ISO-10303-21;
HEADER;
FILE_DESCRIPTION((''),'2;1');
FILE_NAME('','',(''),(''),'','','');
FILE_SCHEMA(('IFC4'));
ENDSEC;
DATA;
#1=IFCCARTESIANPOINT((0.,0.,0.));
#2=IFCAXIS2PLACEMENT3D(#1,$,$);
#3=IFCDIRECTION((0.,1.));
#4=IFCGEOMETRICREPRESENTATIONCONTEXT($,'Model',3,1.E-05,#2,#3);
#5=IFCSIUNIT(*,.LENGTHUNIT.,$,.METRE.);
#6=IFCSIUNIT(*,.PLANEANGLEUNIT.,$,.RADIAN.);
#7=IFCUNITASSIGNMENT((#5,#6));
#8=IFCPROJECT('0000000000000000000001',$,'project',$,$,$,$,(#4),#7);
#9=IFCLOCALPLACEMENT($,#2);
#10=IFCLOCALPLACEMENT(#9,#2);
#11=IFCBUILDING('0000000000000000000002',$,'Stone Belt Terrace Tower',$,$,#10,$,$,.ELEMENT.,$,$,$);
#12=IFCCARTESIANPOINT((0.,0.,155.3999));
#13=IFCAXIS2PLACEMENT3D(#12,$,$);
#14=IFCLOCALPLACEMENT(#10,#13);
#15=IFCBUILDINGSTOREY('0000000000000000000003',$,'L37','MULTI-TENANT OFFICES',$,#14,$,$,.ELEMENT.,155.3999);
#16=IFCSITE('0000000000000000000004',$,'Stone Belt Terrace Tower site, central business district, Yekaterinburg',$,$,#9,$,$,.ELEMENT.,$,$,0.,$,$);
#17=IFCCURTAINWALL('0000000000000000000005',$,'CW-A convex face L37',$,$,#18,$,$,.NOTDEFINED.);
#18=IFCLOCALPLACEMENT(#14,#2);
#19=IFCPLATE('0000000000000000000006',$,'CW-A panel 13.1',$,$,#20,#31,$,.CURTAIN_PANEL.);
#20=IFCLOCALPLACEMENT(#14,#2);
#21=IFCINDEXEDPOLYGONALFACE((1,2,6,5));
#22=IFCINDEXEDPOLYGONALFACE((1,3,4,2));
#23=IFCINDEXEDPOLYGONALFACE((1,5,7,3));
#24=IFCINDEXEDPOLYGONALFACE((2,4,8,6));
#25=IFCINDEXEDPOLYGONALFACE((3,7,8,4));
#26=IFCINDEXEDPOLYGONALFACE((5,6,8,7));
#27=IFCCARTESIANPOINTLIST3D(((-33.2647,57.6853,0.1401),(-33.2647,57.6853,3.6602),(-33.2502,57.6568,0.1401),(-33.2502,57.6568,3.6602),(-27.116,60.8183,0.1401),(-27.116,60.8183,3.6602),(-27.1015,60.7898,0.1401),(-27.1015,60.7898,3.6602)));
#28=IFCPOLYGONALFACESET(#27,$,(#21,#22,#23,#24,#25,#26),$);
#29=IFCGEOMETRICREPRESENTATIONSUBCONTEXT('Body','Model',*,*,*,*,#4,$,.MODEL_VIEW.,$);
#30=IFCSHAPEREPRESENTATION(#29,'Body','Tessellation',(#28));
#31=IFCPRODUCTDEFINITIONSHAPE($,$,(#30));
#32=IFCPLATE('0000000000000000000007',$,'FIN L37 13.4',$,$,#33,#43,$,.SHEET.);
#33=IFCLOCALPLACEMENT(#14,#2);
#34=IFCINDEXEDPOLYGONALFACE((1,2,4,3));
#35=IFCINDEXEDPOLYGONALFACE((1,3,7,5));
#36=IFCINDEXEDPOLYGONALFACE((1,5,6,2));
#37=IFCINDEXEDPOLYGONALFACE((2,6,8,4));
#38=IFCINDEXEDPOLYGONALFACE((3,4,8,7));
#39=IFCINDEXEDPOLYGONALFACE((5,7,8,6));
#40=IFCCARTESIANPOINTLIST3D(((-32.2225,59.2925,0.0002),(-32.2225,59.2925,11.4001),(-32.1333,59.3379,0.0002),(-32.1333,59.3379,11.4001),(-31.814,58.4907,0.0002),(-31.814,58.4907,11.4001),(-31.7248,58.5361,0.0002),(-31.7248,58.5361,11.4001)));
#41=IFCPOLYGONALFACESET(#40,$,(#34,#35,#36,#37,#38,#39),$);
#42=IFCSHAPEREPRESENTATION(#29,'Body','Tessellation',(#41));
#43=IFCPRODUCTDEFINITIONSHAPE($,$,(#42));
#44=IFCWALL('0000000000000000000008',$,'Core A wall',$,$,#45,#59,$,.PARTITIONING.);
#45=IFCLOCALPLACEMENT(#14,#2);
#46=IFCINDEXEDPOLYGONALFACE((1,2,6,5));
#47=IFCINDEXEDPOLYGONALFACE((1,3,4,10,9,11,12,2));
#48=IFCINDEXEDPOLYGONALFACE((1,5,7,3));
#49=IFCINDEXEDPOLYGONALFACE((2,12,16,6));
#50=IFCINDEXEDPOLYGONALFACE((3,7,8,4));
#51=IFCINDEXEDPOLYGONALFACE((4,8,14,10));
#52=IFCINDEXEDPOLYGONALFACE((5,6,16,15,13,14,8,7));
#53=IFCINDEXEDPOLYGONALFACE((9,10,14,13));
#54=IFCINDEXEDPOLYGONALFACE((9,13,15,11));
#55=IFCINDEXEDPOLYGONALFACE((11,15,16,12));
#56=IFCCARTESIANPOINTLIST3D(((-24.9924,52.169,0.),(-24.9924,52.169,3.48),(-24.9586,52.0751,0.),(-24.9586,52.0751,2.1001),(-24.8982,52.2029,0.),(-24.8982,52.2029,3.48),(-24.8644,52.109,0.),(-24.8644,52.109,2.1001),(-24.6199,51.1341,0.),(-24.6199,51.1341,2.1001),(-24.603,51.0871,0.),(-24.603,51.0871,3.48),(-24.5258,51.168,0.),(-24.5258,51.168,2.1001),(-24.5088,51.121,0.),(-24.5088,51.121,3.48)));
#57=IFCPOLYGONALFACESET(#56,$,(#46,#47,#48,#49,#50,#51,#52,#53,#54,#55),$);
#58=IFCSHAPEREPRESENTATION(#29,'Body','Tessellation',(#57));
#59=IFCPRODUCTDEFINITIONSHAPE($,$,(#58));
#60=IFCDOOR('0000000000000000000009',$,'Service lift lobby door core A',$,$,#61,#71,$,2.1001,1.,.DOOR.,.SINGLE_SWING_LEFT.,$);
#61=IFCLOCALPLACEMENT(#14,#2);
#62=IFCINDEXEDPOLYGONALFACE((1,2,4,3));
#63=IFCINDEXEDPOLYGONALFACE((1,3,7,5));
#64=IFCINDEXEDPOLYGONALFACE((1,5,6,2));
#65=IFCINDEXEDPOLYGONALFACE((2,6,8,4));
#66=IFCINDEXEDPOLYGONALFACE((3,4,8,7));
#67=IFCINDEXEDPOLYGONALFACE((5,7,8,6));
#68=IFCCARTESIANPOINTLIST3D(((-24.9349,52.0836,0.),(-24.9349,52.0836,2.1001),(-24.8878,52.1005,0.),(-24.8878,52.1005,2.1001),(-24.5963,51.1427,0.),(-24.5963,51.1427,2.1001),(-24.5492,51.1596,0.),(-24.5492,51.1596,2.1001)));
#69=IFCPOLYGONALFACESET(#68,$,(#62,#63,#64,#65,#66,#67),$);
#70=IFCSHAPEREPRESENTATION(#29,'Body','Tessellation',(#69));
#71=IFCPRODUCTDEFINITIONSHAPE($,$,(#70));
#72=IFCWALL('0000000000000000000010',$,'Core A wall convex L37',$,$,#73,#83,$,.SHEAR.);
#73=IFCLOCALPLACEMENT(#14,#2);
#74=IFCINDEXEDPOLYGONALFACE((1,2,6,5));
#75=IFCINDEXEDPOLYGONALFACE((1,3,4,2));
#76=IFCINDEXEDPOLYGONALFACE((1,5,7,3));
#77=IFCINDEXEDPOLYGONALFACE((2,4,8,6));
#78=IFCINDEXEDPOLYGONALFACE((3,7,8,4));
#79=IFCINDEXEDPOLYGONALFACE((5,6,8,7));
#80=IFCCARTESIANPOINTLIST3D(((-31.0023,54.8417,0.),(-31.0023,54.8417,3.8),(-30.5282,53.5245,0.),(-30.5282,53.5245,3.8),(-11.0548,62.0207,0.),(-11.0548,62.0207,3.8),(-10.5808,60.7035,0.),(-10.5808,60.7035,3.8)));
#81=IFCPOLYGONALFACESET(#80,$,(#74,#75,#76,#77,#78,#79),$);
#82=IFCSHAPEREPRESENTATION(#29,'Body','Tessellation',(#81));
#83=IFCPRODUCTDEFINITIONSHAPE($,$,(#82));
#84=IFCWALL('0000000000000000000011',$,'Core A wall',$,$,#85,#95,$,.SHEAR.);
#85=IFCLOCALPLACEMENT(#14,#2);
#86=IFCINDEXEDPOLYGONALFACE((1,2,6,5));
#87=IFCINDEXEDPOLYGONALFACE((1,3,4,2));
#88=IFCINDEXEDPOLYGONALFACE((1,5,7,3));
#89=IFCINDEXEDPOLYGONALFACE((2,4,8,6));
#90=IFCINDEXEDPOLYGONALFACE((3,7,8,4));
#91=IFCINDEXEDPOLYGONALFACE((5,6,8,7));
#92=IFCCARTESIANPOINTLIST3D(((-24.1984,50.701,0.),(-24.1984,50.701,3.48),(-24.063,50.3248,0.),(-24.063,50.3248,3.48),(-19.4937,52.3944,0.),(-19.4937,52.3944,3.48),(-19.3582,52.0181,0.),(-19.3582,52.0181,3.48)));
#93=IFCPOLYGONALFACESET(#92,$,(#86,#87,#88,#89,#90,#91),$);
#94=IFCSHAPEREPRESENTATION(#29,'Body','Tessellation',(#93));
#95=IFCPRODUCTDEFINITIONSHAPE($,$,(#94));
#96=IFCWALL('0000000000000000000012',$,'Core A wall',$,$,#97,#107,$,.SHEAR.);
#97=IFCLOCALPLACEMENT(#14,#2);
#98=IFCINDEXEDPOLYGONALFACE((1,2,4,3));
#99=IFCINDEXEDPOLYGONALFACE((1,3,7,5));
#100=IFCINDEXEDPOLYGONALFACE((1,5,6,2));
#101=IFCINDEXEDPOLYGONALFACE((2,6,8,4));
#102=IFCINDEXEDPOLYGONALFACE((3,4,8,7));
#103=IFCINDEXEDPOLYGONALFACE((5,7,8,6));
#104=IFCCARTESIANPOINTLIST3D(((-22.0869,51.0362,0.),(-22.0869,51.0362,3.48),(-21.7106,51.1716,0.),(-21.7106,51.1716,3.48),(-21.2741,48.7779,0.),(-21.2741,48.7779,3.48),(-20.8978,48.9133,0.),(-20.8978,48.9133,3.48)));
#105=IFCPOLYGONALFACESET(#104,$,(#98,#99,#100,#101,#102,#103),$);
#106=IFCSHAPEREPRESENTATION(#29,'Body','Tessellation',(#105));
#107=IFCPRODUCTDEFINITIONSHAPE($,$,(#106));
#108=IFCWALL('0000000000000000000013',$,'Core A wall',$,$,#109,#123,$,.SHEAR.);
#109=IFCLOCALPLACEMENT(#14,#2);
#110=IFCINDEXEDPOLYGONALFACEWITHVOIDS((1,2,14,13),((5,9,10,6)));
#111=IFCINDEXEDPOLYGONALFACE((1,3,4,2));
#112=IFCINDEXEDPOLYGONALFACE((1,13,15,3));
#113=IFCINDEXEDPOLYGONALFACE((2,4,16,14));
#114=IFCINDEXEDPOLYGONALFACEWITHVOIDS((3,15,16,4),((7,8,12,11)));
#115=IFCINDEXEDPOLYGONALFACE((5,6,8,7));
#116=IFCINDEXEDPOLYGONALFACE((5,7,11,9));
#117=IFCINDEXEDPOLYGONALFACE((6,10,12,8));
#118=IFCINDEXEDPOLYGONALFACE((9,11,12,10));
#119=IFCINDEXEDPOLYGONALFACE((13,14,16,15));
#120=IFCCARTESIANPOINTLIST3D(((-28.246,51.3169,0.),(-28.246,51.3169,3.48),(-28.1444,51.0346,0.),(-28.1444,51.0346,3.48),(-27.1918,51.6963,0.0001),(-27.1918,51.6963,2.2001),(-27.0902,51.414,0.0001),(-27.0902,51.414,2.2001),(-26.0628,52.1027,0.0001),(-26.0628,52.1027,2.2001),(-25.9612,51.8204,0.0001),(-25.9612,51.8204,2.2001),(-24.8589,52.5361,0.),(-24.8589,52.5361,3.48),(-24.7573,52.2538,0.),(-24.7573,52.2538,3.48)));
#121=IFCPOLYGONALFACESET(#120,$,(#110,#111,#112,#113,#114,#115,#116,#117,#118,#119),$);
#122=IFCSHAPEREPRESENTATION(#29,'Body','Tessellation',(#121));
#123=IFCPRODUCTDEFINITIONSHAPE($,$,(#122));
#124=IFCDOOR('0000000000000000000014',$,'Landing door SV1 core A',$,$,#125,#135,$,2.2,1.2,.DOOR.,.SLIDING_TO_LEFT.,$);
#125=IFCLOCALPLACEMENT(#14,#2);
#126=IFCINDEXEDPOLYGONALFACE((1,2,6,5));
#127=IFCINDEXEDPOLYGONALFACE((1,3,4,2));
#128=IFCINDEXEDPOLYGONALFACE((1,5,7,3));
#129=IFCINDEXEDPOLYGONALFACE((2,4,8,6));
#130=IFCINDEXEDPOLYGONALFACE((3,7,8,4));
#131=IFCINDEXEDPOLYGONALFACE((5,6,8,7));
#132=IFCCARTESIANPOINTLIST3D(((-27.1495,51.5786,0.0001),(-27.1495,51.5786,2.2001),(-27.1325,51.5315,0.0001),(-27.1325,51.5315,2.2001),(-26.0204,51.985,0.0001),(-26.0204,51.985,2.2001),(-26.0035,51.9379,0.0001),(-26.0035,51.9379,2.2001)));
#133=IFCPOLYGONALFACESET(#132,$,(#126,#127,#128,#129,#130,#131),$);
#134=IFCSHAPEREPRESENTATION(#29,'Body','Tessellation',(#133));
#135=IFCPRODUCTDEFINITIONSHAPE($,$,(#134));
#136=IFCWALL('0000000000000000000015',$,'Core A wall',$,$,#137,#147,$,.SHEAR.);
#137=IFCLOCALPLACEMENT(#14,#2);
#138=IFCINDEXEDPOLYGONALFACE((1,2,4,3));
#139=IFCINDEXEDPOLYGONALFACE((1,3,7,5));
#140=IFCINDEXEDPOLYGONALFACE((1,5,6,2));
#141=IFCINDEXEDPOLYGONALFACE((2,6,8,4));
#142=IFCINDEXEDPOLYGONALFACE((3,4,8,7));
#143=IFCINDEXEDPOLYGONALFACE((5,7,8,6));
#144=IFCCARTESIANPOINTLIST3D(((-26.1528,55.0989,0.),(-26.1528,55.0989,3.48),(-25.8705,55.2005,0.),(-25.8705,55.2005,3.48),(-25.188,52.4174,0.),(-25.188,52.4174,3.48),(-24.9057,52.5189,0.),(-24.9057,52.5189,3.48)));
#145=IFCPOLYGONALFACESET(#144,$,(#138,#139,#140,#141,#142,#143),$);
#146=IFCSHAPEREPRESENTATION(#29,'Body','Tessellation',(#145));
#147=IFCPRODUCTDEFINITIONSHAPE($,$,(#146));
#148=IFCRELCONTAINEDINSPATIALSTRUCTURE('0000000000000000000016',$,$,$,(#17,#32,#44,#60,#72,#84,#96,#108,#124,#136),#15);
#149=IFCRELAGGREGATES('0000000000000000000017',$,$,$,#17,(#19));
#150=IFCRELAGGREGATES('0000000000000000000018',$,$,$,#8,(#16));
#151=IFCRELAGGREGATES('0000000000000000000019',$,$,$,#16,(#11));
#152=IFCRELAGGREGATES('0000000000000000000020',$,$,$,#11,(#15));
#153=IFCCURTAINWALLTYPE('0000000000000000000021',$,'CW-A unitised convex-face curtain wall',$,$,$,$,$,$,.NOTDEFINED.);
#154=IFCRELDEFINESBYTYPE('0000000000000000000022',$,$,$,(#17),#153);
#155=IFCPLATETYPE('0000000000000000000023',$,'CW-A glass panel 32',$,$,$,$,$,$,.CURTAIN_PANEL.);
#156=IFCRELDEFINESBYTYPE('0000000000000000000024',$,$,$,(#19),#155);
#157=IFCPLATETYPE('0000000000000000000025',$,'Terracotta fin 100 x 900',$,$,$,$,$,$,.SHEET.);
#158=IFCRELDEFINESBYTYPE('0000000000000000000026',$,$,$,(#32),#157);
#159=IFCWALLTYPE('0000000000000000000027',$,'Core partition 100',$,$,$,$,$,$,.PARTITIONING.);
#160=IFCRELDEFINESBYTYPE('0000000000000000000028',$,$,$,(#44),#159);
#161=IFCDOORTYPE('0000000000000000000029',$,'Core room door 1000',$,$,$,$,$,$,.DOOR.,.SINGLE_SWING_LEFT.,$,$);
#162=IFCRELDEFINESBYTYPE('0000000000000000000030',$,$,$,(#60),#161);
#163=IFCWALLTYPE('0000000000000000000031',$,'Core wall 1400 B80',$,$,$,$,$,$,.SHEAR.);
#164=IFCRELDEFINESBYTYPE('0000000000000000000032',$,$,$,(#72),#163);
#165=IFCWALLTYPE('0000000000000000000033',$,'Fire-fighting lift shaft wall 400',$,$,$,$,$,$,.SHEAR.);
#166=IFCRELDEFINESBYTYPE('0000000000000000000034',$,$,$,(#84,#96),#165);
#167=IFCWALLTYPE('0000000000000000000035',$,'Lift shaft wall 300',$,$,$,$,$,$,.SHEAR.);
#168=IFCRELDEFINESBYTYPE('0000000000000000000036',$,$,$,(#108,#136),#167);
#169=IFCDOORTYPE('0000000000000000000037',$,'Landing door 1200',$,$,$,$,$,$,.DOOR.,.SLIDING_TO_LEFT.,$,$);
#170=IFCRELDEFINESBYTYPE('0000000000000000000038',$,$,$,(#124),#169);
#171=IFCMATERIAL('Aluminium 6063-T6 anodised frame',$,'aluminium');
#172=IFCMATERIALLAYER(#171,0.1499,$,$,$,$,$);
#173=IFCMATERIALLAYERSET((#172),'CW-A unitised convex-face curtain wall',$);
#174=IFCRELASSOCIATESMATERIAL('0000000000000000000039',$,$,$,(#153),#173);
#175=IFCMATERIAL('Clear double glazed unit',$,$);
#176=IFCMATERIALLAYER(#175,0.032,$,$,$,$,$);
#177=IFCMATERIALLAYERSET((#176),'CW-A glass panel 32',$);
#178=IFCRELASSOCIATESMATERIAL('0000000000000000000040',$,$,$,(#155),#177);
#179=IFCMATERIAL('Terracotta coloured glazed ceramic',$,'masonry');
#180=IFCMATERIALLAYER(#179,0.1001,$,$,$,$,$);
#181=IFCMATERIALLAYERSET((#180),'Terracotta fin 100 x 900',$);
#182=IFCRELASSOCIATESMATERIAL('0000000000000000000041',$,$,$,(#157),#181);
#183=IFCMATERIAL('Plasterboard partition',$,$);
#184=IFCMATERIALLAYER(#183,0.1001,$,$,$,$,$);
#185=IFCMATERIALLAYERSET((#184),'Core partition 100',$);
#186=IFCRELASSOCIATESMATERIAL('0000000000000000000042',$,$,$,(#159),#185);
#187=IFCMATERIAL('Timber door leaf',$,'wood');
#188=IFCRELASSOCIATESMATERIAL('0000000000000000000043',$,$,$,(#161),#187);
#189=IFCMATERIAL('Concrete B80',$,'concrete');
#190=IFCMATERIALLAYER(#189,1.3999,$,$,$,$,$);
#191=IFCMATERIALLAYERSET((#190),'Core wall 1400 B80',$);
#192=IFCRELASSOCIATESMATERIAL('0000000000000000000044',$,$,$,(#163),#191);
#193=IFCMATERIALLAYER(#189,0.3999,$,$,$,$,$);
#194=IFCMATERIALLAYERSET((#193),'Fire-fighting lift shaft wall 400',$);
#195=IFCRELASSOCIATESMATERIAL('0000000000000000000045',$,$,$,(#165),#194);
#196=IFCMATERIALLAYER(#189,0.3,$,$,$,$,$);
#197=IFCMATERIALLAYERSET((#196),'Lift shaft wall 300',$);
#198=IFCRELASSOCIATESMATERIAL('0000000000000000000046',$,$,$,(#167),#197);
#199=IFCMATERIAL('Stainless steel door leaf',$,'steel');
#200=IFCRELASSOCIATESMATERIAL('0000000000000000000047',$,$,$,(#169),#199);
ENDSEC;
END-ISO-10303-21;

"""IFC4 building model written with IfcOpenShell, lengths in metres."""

from ifc_helpers import new_model, si_unit, direction, frame, frame_2d, origin, origin_2d, place, context, subcontext, project, spatial, rectangle, extrude, material, layer, layer_set, type_object, element, fill, aggregate, save


model = new_model("IFC4")

# Units and contexts
model_context = context("Model", 3, precision=1e-05, world=origin(), true_north=direction((0.0, 1.0)))
body_context = subcontext(model_context, "Body", "Model", "MODEL_VIEW")
ifc_project = project(units=[si_unit("LENGTHUNIT", "METRE"), si_unit("PLANEANGLEUNIT", "RADIAN")], contexts=[model_context])

# Site, building, storey
site_placement = place(None, origin())
site = spatial("IfcSite", under=ifc_project, at=site_placement, Name="Stone Belt Terrace Tower site, central business district, Yekaterinburg", CompositionType="ELEMENT", RefElevation=0.0)
building_placement = place(site_placement, origin())
building = spatial("IfcBuilding", under=site, at=building_placement, Name="Stone Belt Terrace Tower", CompositionType="ELEMENT")
storey_placement = place(building_placement, frame((0.0, 0.0, 155.3999)))
storey = spatial("IfcBuildingStorey", under=building, at=storey_placement, Name="L37", Description="MULTI-TENANT OFFICES", CompositionType="ELEMENT", Elevation=155.3999)

# Curtain wall, plate
ifc_material_1 = material(Name="Aluminium 6063-T6 anodised frame", Category="aluminium")
ifc_layer_1 = layer(ifc_material_1, 0.1499)
ifc_layer_set_1 = layer_set([ifc_layer_1], Name="CW-A unitised convex-face curtain wall")
curtain_wall_type = type_object("IfcCurtainWallType", Name="CW-A unitised convex-face curtain wall", PredefinedType="NOTDEFINED", material=ifc_layer_set_1)
curtain_wall_placement = place(storey_placement, origin())
curtain_wall = element("IfcCurtainWall", 1, at=curtain_wall_placement, inside=storey, type_object=curtain_wall_type, Name="CW-A convex face L37", PredefinedType="NOTDEFINED")
ifc_material_2 = material(Name="Clear double glazed unit")
ifc_layer_2 = layer(ifc_material_2, 0.032)
ifc_layer_set_2 = layer_set([ifc_layer_2], Name="CW-A glass panel 32")
plate_type_1 = type_object("IfcPlateType", Name="CW-A glass panel 32", PredefinedType="CURTAIN_PANEL", material=ifc_layer_set_2)
plate_1_placement = place(storey_placement, frame((-30.1831, 59.2375, 0.1401), z_axis=(0.0, 0.0, 1.0), x_axis=(-0.891007, -0.45399, 0.0)))
plate_1 = element("IfcPlate", 2, at=plate_1_placement, type_object=plate_type_1, Name="CW-A panel 13.1", PredefinedType="CURTAIN_PANEL", context=body_context, shape_type="SweptSolid", body=[
    extrude(rectangle(XDim=6.9009, YDim=0.032, at=origin_2d()), origin(), (0.0, 0.0, 1.0), 3.52),
])
aggregate(curtain_wall, [plate_1])

# Plate
ifc_material_3 = material(Name="Terracotta coloured glazed ceramic", Category="masonry")
ifc_layer_3 = layer(ifc_material_3, 0.1001)
ifc_layer_set_3 = layer_set([ifc_layer_3], Name="Terracotta fin 100 x 900")
plate_type_2 = type_object("IfcPlateType", Name="Terracotta fin 100 x 900", PredefinedType="SHEET", material=ifc_layer_set_3)
plate_2_placement = place(storey_placement, frame((-31.9736, 58.9143, 0.0002), z_axis=(0.0, 0.0, 1.0), x_axis=(-0.45399, 0.891007, 0.0)))
element("IfcPlate", 3, at=plate_2_placement, inside=storey, type_object=plate_type_2, Name="FIN L37 13.4", PredefinedType="SHEET", context=body_context, shape_type="SweptSolid", body=[
    extrude(rectangle(XDim=0.8999, YDim=0.1001, at=origin_2d()), origin(), (0.0, 0.0, 1.0), 11.3999),
])

# Wall, opening, door
ifc_material_4 = material(Name="Plasterboard partition")
ifc_layer_4 = layer(ifc_material_4, 0.1001)
ifc_layer_set_4 = layer_set([ifc_layer_4], Name="Core partition 100")
wall_type_1 = type_object("IfcWallType", Name="Core partition 100", PredefinedType="PARTITIONING", material=ifc_layer_set_4)
wall_1_placement = place(storey_placement, frame((-24.5559, 51.104, 0.0), z_axis=(0.0, 0.0, 1.0), x_axis=(-0.338622, 0.940923, 0.0)))
wall_1 = element("IfcWall", 4, at=wall_1_placement, inside=storey, type_object=wall_type_1, Name="Core A wall", PredefinedType="PARTITIONING", context=body_context, shape_type="SweptSolid", body=[
    extrude(rectangle(XDim=1.1499, YDim=0.1001, at=frame_2d((0.575, 0.0))), origin(), (0.0, 0.0, 1.0), 3.48),
])
opening_1_placement = place(wall_1_placement, frame((0.05, 0.0, 0.0)))
opening_1 = element("IfcOpeningElement", 5, at=opening_1_placement, cuts=wall_1, PredefinedType="OPENING", context=body_context, shape_type="SweptSolid", body=[
    extrude(rectangle(XDim=1.0, YDim=2.1001, at=frame_2d((0.5, 1.05))), frame((0.0, 0.0601, 0.0), z_axis=(0.0, -1.0, 0.0), x_axis=(1.0, 0.0, 0.0)), (0.0, 0.0, 1.0), 0.1201),
])
ifc_material_5 = material(Name="Timber door leaf", Category="wood")
door_type_1 = type_object("IfcDoorType", Name="Core room door 1000", OperationType="SINGLE_SWING_LEFT", PredefinedType="DOOR", material=ifc_material_5)
door_1_placement = place(opening_1_placement, origin())
door_1 = element("IfcDoor", 6, at=door_1_placement, inside=storey, type_object=door_type_1, Name="Service lift lobby door core A", OperationType="SINGLE_SWING_LEFT", OverallHeight=2.1001, OverallWidth=1.0, PredefinedType="DOOR", context=body_context, shape_type="SweptSolid", body=[
    extrude(rectangle(XDim=1.0, YDim=2.1001, at=frame_2d((0.5, 1.05))), frame((0.0, 0.0249, 0.0), z_axis=(0.0, -1.0, 0.0), x_axis=(1.0, 0.0, 0.0)), (0.0, 0.0, 1.0), 0.05),
])
fill(opening_1, door_1)

# Walls
ifc_material_6 = material(Name="Concrete B80", Category="concrete")
ifc_layer_5 = layer(ifc_material_6, 1.3999)
ifc_layer_set_5 = layer_set([ifc_layer_5], Name="Core wall 1400 B80")
wall_type_2 = type_object("IfcWallType", Name="Core wall 1400 B80", PredefinedType="SHEAR", material=ifc_layer_set_5)
wall_2_placement = place(storey_placement, frame((-30.7654, 54.1831, 0.0), z_axis=(0.0, 0.0, 1.0), x_axis=(0.94092, 0.33863, 0.0)))
element("IfcWall", 7, at=wall_2_placement, inside=storey, type_object=wall_type_2, Name="Core A wall convex L37", PredefinedType="SHEAR", context=body_context, shape_type="SweptSolid", body=[
    extrude(rectangle(XDim=21.2, YDim=1.3999, at=frame_2d((10.6001, 0.0))), origin(), (0.0, 0.0, 1.0), 3.8),
])
ifc_layer_6 = layer(ifc_material_6, 0.3999)
ifc_layer_set_6 = layer_set([ifc_layer_6], Name="Fire-fighting lift shaft wall 400")
wall_type_3 = type_object("IfcWallType", Name="Fire-fighting lift shaft wall 400", PredefinedType="SHEAR", material=ifc_layer_set_6)
wall_3_placement = place(storey_placement, frame((-24.1306, 50.5129, 0.0), z_axis=(0.0, 0.0, 1.0), x_axis=(0.940912, 0.338652, 0.0)))
element("IfcWall", 8, at=wall_3_placement, inside=storey, type_object=wall_type_3, Name="Core A wall", PredefinedType="SHEAR", context=body_context, shape_type="SweptSolid", body=[
    extrude(rectangle(XDim=5.0002, YDim=0.3999, at=frame_2d((2.5, 0.0))), origin(), (0.0, 0.0, 1.0), 3.48),
])
wall_4_placement = place(storey_placement, frame((-21.0859, 48.8455, 0.0), z_axis=(0.0, 0.0, 1.0), x_axis=(-0.338629, 0.94092, 0.0)))
element("IfcWall", 9, at=wall_4_placement, inside=storey, type_object=wall_type_3, Name="Core A wall", PredefinedType="SHEAR", context=body_context, shape_type="SweptSolid", body=[
    extrude(rectangle(XDim=2.4001, YDim=0.3999, at=frame_2d((1.2002, 0.0))), origin(), (0.0, 0.0, 1.0), 3.48),
])

# Wall, opening, door
ifc_layer_7 = layer(ifc_material_6, 0.3)
ifc_layer_set_7 = layer_set([ifc_layer_7], Name="Lift shaft wall 300")
wall_type_4 = type_object("IfcWallType", Name="Lift shaft wall 300", PredefinedType="SHEAR", material=ifc_layer_set_7)
wall_5_placement = place(storey_placement, frame((-28.1951, 51.1758, 0.0), z_axis=(0.0, 0.0, 1.0), x_axis=(0.940901, 0.338681, 0.0)))
wall_5 = element("IfcWall", 10, at=wall_5_placement, inside=storey, type_object=wall_type_4, Name="Core A wall", PredefinedType="SHEAR", context=body_context, shape_type="SweptSolid", body=[
    extrude(rectangle(XDim=3.5999, YDim=0.3, at=frame_2d((1.7998, 0.0))), origin(), (0.0, 0.0, 1.0), 3.48),
])
opening_2_placement = place(wall_5_placement, frame((1.1201, 0.0, 0.0)))
opening_2 = element("IfcOpeningElement", 11, at=opening_2_placement, cuts=wall_5, PredefinedType="OPENING", context=body_context, shape_type="SweptSolid", body=[
    extrude(rectangle(XDim=1.2, YDim=2.2, at=frame_2d((0.6001, 1.1001))), frame((0.0, 0.1599, 0.0), z_axis=(0.0, -1.0, 0.0), x_axis=(1.0, 0.0, 0.0)), (0.0, 0.0, 1.0), 0.3201),
])
ifc_material_7 = material(Name="Stainless steel door leaf", Category="steel")
door_type_2 = type_object("IfcDoorType", Name="Landing door 1200", OperationType="SLIDING_TO_LEFT", PredefinedType="DOOR", material=ifc_material_7)
door_2_placement = place(opening_2_placement, origin())
door_2 = element("IfcDoor", 12, at=door_2_placement, inside=storey, type_object=door_type_2, Name="Landing door SV1 core A", OperationType="SLIDING_TO_LEFT", OverallHeight=2.2, OverallWidth=1.2, PredefinedType="DOOR", context=body_context, shape_type="SweptSolid", body=[
    extrude(rectangle(XDim=1.2, YDim=2.2, at=frame_2d((0.6001, 1.1001))), frame((0.0, 0.0249, 0.0), z_axis=(0.0, -1.0, 0.0), x_axis=(1.0, 0.0, 0.0)), (0.0, 0.0, 1.0), 0.05),
])
fill(opening_2, door_2)

# Wall
wall_6_placement = place(storey_placement, frame((-25.0469, 52.4683, 0.0), z_axis=(0.0, 0.0, 1.0), x_axis=(-0.33855, 0.940949, 0.0)))
element("IfcWall", 13, at=wall_6_placement, inside=storey, type_object=wall_type_4, Name="Core A wall", PredefinedType="SHEAR", context=body_context, shape_type="SweptSolid", body=[
    extrude(rectangle(XDim=2.8499, YDim=0.3, at=frame_2d((1.4248, 0.0))), origin(), (0.0, 0.0, 1.0), 3.48),
])

save(model, "model.ifc")
